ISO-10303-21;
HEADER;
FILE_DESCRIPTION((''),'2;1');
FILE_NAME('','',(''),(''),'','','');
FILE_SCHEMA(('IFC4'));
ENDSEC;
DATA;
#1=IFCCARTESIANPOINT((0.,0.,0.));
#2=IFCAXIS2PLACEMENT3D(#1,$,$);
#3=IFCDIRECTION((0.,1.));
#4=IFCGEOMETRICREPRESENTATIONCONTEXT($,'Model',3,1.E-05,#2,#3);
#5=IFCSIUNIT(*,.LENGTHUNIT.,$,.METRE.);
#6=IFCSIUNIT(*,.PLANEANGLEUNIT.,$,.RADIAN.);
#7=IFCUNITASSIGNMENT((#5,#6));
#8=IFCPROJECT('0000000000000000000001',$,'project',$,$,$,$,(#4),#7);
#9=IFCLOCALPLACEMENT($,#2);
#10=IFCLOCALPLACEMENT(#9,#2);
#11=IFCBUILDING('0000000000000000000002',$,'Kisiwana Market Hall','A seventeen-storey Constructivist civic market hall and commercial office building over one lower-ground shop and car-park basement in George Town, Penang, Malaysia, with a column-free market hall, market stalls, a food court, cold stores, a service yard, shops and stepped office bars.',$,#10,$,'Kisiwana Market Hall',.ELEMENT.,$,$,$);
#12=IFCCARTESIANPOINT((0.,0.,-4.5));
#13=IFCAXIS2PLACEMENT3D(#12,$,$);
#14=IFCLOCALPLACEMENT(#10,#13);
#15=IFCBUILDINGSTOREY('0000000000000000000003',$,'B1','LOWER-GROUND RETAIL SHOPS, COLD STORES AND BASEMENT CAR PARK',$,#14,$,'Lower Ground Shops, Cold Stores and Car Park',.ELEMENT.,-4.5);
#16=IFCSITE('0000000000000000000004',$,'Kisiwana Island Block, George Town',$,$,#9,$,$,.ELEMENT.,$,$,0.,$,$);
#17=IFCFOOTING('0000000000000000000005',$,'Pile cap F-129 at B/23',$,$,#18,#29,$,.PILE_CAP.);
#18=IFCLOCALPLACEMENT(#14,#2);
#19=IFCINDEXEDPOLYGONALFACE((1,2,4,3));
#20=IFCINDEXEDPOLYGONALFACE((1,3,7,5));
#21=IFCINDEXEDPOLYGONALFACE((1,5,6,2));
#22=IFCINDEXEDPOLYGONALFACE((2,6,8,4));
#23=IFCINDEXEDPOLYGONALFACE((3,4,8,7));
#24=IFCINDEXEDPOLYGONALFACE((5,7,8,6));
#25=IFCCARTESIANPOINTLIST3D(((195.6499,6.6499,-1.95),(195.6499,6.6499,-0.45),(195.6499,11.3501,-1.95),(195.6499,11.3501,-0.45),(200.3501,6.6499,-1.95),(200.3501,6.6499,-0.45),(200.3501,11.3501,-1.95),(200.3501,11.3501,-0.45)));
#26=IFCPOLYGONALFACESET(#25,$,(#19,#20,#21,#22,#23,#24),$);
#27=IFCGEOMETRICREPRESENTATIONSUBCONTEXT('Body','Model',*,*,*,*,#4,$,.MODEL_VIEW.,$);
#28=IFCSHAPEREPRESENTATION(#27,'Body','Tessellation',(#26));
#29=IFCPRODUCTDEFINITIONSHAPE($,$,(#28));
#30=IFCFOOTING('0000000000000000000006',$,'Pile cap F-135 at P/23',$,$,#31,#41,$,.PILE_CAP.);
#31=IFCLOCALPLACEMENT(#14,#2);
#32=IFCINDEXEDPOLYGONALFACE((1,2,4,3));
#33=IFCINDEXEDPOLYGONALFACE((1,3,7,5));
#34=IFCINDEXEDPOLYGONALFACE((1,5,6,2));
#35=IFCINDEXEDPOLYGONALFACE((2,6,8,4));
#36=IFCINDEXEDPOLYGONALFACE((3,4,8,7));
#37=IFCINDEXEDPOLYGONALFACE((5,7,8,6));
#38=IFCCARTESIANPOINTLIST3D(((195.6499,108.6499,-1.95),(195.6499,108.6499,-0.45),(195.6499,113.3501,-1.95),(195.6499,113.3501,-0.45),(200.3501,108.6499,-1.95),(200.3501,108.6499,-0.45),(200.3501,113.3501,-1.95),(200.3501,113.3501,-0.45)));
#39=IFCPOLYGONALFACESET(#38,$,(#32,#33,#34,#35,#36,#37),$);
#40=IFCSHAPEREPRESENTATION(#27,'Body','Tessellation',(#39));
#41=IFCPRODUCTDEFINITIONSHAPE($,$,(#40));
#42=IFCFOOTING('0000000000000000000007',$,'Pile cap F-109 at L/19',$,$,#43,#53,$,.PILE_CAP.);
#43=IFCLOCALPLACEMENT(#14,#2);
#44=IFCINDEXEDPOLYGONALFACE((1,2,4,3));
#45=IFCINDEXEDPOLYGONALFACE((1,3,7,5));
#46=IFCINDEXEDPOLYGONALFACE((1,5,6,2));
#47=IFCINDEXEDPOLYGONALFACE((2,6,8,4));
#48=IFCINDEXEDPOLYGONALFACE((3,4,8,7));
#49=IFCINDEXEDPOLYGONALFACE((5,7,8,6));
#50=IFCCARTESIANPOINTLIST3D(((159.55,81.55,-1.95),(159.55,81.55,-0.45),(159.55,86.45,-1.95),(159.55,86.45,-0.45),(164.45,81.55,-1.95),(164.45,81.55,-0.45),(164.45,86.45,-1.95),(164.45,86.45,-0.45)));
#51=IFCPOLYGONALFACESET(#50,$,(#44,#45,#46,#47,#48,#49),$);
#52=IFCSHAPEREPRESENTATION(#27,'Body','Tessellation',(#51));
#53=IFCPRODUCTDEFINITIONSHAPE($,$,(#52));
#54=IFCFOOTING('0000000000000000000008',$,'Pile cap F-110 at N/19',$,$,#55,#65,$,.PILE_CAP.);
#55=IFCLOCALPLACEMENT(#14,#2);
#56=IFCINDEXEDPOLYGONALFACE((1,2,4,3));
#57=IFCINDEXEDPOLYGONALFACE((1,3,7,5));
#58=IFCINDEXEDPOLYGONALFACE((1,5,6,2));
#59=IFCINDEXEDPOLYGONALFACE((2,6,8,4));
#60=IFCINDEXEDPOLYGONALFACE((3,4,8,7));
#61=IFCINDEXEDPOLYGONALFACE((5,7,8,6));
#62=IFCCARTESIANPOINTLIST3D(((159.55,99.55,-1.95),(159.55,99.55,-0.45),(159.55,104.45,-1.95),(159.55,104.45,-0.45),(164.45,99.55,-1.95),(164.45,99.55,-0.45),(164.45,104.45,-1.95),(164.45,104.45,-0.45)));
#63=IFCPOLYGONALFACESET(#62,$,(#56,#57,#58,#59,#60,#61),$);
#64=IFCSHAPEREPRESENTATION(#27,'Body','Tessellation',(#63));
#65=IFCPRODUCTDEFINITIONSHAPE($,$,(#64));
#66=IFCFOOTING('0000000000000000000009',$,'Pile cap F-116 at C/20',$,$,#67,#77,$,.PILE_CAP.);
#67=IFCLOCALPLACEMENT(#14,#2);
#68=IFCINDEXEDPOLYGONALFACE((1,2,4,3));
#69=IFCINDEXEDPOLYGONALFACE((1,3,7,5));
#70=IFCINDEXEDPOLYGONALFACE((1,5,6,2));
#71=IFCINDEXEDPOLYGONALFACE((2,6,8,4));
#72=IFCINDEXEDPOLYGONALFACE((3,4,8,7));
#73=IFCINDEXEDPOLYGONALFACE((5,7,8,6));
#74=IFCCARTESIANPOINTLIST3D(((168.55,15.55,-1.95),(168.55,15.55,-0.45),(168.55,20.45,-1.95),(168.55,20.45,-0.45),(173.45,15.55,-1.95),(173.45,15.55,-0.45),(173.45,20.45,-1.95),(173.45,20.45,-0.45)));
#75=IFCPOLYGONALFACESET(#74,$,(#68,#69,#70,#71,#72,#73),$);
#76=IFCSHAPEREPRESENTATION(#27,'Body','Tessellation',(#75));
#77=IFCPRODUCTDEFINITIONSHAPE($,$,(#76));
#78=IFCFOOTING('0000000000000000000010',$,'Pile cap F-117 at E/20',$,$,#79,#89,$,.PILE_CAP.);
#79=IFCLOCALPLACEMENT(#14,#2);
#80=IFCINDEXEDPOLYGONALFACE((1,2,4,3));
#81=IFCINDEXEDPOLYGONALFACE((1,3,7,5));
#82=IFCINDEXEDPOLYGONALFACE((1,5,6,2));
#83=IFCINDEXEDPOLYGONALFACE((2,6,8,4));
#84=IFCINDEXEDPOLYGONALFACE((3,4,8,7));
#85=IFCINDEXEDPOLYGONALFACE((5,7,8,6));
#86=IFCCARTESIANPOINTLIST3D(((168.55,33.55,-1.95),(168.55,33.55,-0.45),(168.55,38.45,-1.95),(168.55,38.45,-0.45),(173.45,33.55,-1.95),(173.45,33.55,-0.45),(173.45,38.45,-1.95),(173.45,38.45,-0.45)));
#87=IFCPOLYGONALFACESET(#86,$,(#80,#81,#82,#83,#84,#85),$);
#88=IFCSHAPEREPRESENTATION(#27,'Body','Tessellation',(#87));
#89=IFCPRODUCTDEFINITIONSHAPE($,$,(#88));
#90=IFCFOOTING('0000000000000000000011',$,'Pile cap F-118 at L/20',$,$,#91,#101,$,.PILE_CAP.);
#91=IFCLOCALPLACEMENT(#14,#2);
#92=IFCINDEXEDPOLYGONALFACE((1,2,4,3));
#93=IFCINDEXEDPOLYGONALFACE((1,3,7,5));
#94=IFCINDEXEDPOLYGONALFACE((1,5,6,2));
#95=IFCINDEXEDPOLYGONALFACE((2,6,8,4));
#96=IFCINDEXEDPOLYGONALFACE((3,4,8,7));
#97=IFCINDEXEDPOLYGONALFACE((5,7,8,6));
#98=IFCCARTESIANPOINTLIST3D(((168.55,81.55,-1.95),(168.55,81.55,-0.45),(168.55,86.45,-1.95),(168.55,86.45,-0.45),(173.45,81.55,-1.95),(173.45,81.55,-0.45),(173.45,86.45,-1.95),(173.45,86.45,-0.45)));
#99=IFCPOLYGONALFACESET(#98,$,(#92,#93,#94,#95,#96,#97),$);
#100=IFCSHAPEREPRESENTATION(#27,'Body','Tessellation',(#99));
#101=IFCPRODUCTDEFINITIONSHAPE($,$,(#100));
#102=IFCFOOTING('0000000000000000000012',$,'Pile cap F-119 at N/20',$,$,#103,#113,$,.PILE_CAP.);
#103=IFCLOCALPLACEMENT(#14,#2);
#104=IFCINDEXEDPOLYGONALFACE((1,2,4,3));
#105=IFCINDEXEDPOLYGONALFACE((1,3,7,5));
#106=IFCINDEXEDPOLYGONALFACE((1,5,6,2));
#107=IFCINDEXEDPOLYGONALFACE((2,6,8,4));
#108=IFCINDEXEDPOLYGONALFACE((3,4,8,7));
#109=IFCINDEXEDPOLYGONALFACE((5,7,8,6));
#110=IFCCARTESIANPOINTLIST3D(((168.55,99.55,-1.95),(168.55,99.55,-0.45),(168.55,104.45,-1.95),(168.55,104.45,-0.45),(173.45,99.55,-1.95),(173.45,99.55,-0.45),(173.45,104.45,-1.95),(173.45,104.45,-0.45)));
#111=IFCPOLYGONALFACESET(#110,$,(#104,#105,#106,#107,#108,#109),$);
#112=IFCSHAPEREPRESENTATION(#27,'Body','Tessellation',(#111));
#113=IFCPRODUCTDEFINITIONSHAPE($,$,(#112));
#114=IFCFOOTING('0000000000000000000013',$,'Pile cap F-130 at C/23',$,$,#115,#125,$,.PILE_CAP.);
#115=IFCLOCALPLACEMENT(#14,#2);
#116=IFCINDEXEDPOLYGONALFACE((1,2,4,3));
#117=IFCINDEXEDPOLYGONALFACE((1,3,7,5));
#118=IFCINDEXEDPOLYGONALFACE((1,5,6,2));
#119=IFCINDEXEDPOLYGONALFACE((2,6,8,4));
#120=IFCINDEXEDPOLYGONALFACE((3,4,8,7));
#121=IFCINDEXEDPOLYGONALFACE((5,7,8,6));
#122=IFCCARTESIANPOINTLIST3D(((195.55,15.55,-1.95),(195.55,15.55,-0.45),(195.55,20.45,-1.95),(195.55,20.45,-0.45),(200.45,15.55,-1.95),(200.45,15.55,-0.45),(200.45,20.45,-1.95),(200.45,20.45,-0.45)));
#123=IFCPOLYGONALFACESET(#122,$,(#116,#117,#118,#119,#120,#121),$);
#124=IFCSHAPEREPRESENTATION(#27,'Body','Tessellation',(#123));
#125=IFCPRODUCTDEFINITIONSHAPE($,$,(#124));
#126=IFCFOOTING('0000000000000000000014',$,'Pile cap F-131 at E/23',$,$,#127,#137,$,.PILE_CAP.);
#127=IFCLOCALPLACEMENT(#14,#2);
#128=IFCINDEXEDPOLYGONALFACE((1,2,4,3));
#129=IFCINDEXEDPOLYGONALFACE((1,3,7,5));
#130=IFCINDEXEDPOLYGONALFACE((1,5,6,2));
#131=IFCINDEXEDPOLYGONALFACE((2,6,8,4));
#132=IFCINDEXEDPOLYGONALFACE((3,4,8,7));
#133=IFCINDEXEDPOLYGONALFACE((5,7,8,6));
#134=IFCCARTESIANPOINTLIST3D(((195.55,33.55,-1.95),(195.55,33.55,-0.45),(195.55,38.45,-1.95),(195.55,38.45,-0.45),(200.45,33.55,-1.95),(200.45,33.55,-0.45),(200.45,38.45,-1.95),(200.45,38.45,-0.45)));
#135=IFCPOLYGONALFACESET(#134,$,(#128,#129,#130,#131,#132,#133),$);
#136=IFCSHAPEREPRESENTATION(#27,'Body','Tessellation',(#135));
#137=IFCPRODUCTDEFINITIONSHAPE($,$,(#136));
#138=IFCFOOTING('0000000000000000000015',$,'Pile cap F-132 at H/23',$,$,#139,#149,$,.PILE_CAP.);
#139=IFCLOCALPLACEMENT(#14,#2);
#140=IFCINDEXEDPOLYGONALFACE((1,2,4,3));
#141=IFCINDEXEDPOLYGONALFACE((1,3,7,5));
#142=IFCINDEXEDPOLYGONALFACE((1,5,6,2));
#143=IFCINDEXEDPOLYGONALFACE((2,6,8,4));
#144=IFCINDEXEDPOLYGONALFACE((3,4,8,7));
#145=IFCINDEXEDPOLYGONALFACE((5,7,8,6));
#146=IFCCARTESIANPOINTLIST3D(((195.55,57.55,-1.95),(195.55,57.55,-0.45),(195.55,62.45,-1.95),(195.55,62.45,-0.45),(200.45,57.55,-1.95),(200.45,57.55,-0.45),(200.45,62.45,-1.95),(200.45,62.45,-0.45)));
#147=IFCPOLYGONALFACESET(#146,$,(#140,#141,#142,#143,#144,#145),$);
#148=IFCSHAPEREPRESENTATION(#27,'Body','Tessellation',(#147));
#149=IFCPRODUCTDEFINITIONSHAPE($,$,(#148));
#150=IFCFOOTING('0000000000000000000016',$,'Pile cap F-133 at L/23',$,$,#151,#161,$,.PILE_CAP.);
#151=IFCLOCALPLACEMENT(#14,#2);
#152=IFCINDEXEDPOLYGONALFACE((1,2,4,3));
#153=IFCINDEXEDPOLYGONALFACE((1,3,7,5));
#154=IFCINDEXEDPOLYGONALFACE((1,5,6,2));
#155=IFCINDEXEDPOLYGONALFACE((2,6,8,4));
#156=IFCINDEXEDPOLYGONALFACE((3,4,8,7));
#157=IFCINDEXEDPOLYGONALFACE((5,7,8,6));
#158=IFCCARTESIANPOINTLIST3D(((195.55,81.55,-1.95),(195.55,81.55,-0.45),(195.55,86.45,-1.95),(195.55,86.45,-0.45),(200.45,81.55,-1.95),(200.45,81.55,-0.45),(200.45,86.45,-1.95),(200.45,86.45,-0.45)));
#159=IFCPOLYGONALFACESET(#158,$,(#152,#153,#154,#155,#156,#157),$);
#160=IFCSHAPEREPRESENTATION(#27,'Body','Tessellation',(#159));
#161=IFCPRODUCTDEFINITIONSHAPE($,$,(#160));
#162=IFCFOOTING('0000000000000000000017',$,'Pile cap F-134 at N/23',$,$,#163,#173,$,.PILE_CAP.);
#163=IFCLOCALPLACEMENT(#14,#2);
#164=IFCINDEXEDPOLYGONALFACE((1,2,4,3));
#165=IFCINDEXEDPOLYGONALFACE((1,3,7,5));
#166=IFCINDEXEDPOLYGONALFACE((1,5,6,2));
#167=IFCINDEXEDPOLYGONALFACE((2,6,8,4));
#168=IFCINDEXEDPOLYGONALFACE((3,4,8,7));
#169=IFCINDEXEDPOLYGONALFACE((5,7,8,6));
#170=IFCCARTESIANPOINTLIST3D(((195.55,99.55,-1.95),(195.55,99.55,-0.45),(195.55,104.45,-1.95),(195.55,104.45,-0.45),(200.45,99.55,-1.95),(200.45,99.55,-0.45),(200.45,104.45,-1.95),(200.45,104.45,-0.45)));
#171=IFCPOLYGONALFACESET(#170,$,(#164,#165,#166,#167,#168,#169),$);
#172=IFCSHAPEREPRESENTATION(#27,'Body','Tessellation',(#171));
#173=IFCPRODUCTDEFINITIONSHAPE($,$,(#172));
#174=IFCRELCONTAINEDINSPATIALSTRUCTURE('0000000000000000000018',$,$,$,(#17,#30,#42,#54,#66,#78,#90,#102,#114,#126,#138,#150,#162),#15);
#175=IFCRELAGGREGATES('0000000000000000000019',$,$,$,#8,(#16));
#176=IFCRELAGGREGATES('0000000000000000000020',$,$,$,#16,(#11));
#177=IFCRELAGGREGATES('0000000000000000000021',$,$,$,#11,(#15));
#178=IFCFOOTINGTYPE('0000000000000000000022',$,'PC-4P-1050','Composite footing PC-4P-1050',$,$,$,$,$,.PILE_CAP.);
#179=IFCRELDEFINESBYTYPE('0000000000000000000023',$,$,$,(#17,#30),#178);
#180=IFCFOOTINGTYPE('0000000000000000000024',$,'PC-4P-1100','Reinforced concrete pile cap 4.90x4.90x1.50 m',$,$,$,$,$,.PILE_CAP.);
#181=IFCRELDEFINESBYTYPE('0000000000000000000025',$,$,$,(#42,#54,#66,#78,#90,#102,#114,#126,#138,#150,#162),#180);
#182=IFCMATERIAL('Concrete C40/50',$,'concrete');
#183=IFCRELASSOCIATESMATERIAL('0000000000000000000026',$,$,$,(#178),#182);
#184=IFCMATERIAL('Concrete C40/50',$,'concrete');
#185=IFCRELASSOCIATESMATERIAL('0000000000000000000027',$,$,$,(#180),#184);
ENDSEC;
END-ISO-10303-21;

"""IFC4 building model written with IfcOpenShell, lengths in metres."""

from ifc_helpers import new_model, si_unit, direction, frame, origin, place, context, subcontext, project, spatial, polyline, outline, extrude, material, type_object, element, save


model = new_model("IFC4")

# Units and contexts
model_context = context("Model", 3, precision=1e-05, world=origin(), true_north=direction((0.0, 1.0)))
body_context = subcontext(model_context, "Body", "Model", "MODEL_VIEW")
ifc_project = project(units=[si_unit("LENGTHUNIT", "METRE"), si_unit("PLANEANGLEUNIT", "RADIAN")], contexts=[model_context])

# Site, building, storey
site_placement = place(None, origin())
site = spatial("IfcSite", under=ifc_project, at=site_placement, Name="Kisiwana Island Block, George Town", CompositionType="ELEMENT", RefElevation=0.0)
building_placement = place(site_placement, origin())
building = spatial("IfcBuilding", under=site, at=building_placement, Name="Kisiwana Market Hall", Description="A seventeen-storey Constructivist civic market hall and commercial office building over one lower-ground shop and car-park basement in George Town, Penang, Malaysia, with a column-free market hall, market stalls, a food court, cold stores, a service yard, shops and stepped office bars.", LongName="Kisiwana Market Hall", CompositionType="ELEMENT")
storey_placement = place(building_placement, frame((0.0, 0.0, -4.5)))
storey = spatial("IfcBuildingStorey", under=building, at=storey_placement, Name="B1", Description="LOWER-GROUND RETAIL SHOPS, COLD STORES AND BASEMENT CAR PARK", LongName="Lower Ground Shops, Cold Stores and Car Park", CompositionType="ELEMENT", Elevation=-4.5)

# Footings
ifc_material_1 = material(Name="Concrete C40/50", Category="concrete")
footing_type_1 = type_object("IfcFootingType", Name="PC-4P-1050", Description="Composite footing PC-4P-1050", PredefinedType="PILE_CAP", material=ifc_material_1)
footing_1_placement = place(storey_placement, frame((0.0, 0.0, -1.95)))
element("IfcFooting", 1, at=footing_1_placement, inside=storey, type_object=footing_type_1, Name="Pile cap F-129 at B/23", PredefinedType="PILE_CAP", context=body_context, shape_type="SweptSolid", body=[
    extrude(outline(polyline([(195.6499, 6.6499), (200.3501, 6.6499), (200.3501, 11.3501), (195.6499, 11.3501), (195.6499, 6.6499)])), origin(), (0.0, 0.0, 1.0), 1.5),
])
footing_2_placement = place(storey_placement, frame((0.0, 0.0, -1.95)))
element("IfcFooting", 2, at=footing_2_placement, inside=storey, type_object=footing_type_1, Name="Pile cap F-135 at P/23", PredefinedType="PILE_CAP", context=body_context, shape_type="SweptSolid", body=[
    extrude(outline(polyline([(195.6499, 108.6499), (200.3501, 108.6499), (200.3501, 113.3501), (195.6499, 113.3501), (195.6499, 108.6499)])), origin(), (0.0, 0.0, 1.0), 1.5),
])
ifc_material_2 = material(Name="Concrete C40/50", Category="concrete")
footing_type_2 = type_object("IfcFootingType", Name="PC-4P-1100", Description="Reinforced concrete pile cap 4.90x4.90x1.50 m", PredefinedType="PILE_CAP", material=ifc_material_2)
footing_3_placement = place(storey_placement, frame((0.0, 0.0, -1.95)))
element("IfcFooting", 3, at=footing_3_placement, inside=storey, type_object=footing_type_2, Name="Pile cap F-109 at L/19", PredefinedType="PILE_CAP", context=body_context, shape_type="SweptSolid", body=[
    extrude(outline(polyline([(159.55, 81.55), (164.45, 81.55), (164.45, 86.45), (159.55, 86.45), (159.55, 81.55)])), origin(), (0.0, 0.0, 1.0), 1.5),
])
footing_4_placement = place(storey_placement, frame((0.0, 0.0, -1.95)))
element("IfcFooting", 4, at=footing_4_placement, inside=storey, type_object=footing_type_2, Name="Pile cap F-110 at N/19", PredefinedType="PILE_CAP", context=body_context, shape_type="SweptSolid", body=[
    extrude(outline(polyline([(159.55, 99.55), (164.45, 99.55), (164.45, 104.45), (159.55, 104.45), (159.55, 99.55)])), origin(), (0.0, 0.0, 1.0), 1.5),
])
footing_5_placement = place(storey_placement, frame((0.0, 0.0, -1.95)))
element("IfcFooting", 5, at=footing_5_placement, inside=storey, type_object=footing_type_2, Name="Pile cap F-116 at C/20", PredefinedType="PILE_CAP", context=body_context, shape_type="SweptSolid", body=[
    extrude(outline(polyline([(168.55, 15.55), (173.45, 15.55), (173.45, 20.45), (168.55, 20.45), (168.55, 15.55)])), origin(), (0.0, 0.0, 1.0), 1.5),
])
footing_6_placement = place(storey_placement, frame((0.0, 0.0, -1.95)))
element("IfcFooting", 6, at=footing_6_placement, inside=storey, type_object=footing_type_2, Name="Pile cap F-117 at E/20", PredefinedType="PILE_CAP", context=body_context, shape_type="SweptSolid", body=[
    extrude(outline(polyline([(168.55, 33.55), (173.45, 33.55), (173.45, 38.45), (168.55, 38.45), (168.55, 33.55)])), origin(), (0.0, 0.0, 1.0), 1.5),
])
footing_7_placement = place(storey_placement, frame((0.0, 0.0, -1.95)))
element("IfcFooting", 7, at=footing_7_placement, inside=storey, type_object=footing_type_2, Name="Pile cap F-118 at L/20", PredefinedType="PILE_CAP", context=body_context, shape_type="SweptSolid", body=[
    extrude(outline(polyline([(168.55, 81.55), (173.45, 81.55), (173.45, 86.45), (168.55, 86.45), (168.55, 81.55)])), origin(), (0.0, 0.0, 1.0), 1.5),
])
footing_8_placement = place(storey_placement, frame((0.0, 0.0, -1.95)))
element("IfcFooting", 8, at=footing_8_placement, inside=storey, type_object=footing_type_2, Name="Pile cap F-119 at N/20", PredefinedType="PILE_CAP", context=body_context, shape_type="SweptSolid", body=[
    extrude(outline(polyline([(168.55, 99.55), (173.45, 99.55), (173.45, 104.45), (168.55, 104.45), (168.55, 99.55)])), origin(), (0.0, 0.0, 1.0), 1.5),
])
footing_9_placement = place(storey_placement, frame((0.0, 0.0, -1.95)))
element("IfcFooting", 9, at=footing_9_placement, inside=storey, type_object=footing_type_2, Name="Pile cap F-130 at C/23", PredefinedType="PILE_CAP", context=body_context, shape_type="SweptSolid", body=[
    extrude(outline(polyline([(195.55, 15.55), (200.45, 15.55), (200.45, 20.45), (195.55, 20.45), (195.55, 15.55)])), origin(), (0.0, 0.0, 1.0), 1.5),
])
footing_10_placement = place(storey_placement, frame((0.0, 0.0, -1.95)))
element("IfcFooting", 10, at=footing_10_placement, inside=storey, type_object=footing_type_2, Name="Pile cap F-131 at E/23", PredefinedType="PILE_CAP", context=body_context, shape_type="SweptSolid", body=[
    extrude(outline(polyline([(195.55, 33.55), (200.45, 33.55), (200.45, 38.45), (195.55, 38.45), (195.55, 33.55)])), origin(), (0.0, 0.0, 1.0), 1.5),
])
footing_11_placement = place(storey_placement, frame((0.0, 0.0, -1.95)))
element("IfcFooting", 11, at=footing_11_placement, inside=storey, type_object=footing_type_2, Name="Pile cap F-132 at H/23", PredefinedType="PILE_CAP", context=body_context, shape_type="SweptSolid", body=[
    extrude(outline(polyline([(195.55, 57.55), (200.45, 57.55), (200.45, 62.45), (195.55, 62.45), (195.55, 57.55)])), origin(), (0.0, 0.0, 1.0), 1.5),
])
footing_12_placement = place(storey_placement, frame((0.0, 0.0, -1.95)))
element("IfcFooting", 12, at=footing_12_placement, inside=storey, type_object=footing_type_2, Name="Pile cap F-133 at L/23", PredefinedType="PILE_CAP", context=body_context, shape_type="SweptSolid", body=[
    extrude(outline(polyline([(195.55, 81.55), (200.45, 81.55), (200.45, 86.45), (195.55, 86.45), (195.55, 81.55)])), origin(), (0.0, 0.0, 1.0), 1.5),
])
footing_13_placement = place(storey_placement, frame((0.0, 0.0, -1.95)))
element("IfcFooting", 13, at=footing_13_placement, inside=storey, type_object=footing_type_2, Name="Pile cap F-134 at N/23", PredefinedType="PILE_CAP", context=body_context, shape_type="SweptSolid", body=[
    extrude(outline(polyline([(195.55, 99.55), (200.45, 99.55), (200.45, 104.45), (195.55, 104.45), (195.55, 99.55)])), origin(), (0.0, 0.0, 1.0), 1.5),
])

save(model, "model.ifc")
